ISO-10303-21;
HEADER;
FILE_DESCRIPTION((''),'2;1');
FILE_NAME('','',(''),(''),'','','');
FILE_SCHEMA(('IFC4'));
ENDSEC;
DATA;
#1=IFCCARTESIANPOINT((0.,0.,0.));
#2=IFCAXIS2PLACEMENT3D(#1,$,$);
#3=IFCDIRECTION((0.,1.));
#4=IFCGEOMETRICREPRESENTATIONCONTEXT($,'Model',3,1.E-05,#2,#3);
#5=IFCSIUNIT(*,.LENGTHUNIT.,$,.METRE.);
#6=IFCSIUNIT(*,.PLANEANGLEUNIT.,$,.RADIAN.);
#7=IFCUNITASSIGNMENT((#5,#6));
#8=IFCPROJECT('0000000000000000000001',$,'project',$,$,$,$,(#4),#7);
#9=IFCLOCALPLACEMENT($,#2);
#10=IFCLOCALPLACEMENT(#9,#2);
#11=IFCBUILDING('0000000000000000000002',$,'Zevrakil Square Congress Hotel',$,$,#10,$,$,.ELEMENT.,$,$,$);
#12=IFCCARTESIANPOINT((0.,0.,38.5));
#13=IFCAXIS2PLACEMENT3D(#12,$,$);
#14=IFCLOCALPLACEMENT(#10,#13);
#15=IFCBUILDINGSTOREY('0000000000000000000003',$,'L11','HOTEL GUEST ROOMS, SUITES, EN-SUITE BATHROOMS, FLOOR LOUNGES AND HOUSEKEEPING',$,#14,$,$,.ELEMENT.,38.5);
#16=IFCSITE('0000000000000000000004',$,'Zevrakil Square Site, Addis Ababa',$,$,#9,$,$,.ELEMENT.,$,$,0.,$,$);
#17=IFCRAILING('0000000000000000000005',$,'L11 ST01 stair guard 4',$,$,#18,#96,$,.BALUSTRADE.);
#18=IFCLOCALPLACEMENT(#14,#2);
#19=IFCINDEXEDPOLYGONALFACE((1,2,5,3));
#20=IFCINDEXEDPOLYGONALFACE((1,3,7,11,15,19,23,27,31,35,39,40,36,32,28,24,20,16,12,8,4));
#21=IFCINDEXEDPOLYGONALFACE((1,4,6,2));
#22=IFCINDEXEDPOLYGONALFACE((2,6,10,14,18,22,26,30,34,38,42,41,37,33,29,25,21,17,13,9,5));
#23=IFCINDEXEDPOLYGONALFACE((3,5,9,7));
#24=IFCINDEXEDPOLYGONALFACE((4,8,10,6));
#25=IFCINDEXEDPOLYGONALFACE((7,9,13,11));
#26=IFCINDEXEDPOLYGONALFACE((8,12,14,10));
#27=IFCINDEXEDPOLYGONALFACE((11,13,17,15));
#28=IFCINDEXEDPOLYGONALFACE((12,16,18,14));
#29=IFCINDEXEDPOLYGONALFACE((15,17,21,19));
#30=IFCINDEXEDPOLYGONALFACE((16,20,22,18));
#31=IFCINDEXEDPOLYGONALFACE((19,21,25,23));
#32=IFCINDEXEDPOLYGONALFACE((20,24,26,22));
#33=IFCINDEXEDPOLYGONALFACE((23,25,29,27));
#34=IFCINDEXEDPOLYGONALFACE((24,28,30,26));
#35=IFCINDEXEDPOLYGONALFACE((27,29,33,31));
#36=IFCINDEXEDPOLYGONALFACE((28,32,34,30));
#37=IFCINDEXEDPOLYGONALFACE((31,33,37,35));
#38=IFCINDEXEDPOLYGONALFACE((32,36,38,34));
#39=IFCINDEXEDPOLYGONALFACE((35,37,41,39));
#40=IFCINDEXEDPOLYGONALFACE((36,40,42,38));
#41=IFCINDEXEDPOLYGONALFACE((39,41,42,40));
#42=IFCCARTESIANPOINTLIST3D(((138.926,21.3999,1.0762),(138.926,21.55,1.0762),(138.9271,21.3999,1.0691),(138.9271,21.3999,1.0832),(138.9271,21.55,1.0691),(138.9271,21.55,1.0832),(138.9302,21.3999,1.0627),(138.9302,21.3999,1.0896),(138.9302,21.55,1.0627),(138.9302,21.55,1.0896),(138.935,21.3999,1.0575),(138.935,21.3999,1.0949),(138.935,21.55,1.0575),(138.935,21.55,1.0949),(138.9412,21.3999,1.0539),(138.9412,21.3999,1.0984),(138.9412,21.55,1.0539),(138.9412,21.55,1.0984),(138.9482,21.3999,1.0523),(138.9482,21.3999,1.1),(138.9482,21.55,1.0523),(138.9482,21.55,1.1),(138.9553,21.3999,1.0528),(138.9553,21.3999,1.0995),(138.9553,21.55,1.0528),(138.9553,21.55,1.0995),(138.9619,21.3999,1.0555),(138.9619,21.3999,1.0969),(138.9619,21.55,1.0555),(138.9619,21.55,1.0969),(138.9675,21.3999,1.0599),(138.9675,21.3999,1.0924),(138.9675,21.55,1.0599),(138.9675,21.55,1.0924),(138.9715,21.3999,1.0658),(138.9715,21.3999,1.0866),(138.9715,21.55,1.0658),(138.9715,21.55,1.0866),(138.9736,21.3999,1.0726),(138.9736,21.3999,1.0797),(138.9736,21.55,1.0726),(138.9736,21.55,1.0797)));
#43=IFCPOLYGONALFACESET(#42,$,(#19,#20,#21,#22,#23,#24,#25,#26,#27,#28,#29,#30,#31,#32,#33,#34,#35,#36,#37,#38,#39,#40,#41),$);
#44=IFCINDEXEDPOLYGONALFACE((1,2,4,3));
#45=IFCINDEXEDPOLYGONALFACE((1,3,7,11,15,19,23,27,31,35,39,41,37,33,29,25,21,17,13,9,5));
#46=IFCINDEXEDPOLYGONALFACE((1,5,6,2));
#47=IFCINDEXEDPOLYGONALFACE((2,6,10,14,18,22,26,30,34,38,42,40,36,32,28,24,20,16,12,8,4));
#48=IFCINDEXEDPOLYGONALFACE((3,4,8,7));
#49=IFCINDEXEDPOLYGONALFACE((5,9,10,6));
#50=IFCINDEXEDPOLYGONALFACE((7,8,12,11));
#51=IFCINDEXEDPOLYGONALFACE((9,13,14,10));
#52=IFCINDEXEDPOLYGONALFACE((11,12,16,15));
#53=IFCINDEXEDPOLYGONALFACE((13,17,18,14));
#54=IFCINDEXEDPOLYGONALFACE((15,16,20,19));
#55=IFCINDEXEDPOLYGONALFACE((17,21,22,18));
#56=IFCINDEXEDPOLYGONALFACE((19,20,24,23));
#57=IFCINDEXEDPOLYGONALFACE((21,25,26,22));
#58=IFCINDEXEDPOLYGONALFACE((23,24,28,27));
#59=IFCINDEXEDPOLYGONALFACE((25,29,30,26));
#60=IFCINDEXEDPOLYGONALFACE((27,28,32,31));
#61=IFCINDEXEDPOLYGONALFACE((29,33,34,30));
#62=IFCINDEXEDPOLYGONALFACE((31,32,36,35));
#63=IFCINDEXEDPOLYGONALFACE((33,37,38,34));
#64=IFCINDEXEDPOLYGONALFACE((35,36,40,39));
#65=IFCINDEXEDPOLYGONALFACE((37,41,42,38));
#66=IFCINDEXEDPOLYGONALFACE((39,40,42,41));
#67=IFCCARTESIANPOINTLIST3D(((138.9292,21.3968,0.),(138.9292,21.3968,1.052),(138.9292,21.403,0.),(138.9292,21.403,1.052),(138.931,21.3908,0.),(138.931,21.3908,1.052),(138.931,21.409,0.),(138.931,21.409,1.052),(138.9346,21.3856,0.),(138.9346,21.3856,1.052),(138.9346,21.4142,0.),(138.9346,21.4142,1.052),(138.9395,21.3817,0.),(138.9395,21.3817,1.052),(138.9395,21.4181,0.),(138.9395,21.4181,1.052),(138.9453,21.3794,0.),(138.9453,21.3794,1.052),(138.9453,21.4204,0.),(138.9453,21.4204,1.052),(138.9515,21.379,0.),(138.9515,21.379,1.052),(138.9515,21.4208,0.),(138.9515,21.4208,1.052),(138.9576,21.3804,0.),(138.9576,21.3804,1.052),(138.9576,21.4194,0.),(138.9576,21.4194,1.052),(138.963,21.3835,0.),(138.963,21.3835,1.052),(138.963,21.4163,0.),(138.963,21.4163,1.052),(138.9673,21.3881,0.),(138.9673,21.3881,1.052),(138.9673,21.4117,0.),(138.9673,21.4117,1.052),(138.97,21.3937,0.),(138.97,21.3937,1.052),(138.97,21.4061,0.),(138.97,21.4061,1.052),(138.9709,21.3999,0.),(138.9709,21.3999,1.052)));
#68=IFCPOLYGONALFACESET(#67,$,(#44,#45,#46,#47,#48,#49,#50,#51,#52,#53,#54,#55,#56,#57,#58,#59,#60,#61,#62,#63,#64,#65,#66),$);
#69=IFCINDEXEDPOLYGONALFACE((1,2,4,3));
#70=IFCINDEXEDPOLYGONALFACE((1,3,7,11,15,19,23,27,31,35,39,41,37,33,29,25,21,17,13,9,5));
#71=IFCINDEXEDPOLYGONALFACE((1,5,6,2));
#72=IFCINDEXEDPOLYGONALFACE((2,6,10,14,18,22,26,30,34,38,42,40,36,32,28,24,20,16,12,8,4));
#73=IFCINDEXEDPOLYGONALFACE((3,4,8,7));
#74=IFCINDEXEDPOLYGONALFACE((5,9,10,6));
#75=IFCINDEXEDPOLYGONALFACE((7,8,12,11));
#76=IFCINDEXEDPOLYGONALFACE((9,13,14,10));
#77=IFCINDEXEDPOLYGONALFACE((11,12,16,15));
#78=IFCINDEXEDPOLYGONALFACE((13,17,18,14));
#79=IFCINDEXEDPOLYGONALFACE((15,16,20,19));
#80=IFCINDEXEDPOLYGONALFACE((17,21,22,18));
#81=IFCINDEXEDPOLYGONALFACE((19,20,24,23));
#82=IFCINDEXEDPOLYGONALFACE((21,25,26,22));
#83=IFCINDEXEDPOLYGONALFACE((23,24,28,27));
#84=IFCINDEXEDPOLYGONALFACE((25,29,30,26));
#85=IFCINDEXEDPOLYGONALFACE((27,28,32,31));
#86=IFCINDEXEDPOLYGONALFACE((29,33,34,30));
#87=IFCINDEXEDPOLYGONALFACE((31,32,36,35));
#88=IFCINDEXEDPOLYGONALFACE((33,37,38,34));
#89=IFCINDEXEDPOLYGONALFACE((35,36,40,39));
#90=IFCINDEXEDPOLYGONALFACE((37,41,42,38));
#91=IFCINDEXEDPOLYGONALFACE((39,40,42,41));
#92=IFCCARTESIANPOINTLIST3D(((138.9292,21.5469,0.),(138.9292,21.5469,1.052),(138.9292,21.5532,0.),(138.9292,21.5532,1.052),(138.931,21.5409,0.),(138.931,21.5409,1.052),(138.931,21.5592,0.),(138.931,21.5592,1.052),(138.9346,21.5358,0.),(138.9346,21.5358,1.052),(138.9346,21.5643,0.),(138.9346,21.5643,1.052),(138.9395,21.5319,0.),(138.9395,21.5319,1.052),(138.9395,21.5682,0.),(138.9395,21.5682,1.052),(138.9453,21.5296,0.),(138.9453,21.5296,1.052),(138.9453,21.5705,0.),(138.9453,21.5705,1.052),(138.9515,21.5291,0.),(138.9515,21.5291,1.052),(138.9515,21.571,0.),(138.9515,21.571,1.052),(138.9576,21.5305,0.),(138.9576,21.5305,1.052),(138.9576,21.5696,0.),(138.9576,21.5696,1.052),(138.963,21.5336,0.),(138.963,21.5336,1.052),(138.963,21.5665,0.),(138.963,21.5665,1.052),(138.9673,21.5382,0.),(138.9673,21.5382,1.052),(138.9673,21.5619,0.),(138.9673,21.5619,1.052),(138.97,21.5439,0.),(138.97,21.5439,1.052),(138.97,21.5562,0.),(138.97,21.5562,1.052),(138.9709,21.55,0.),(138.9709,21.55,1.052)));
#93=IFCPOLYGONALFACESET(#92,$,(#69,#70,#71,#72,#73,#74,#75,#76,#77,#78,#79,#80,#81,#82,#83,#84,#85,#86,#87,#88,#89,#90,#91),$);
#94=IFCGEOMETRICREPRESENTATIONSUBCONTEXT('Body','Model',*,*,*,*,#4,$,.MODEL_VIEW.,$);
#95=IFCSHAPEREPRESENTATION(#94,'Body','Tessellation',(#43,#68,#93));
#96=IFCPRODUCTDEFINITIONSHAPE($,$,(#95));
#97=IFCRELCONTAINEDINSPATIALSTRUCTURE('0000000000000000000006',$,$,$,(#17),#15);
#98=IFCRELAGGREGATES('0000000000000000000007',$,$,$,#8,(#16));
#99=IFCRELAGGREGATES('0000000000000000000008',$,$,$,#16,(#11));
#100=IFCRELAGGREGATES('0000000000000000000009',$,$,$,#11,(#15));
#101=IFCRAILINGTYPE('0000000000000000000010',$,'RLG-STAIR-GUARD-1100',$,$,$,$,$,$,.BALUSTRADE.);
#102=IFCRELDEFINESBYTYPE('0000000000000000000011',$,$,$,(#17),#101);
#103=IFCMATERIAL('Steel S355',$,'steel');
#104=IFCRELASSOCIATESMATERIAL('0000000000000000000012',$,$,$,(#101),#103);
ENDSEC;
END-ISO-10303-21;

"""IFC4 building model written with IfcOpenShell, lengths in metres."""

from ifc_helpers import new_model, si_unit, direction, frame, origin, origin_2d, place, context, subcontext, project, spatial, circle, extrude, material, type_object, element, save


model = new_model("IFC4")

# Units and contexts
model_context = context("Model", 3, precision=1e-05, world=origin(), true_north=direction((0.0, 1.0)))
body_context = subcontext(model_context, "Body", "Model", "MODEL_VIEW")
ifc_project = project(units=[si_unit("LENGTHUNIT", "METRE"), si_unit("PLANEANGLEUNIT", "RADIAN")], contexts=[model_context])

# Site, building, storey
site_placement = place(None, origin())
site = spatial("IfcSite", under=ifc_project, at=site_placement, Name="Zevrakil Square Site, Addis Ababa", CompositionType="ELEMENT", RefElevation=0.0)
building_placement = place(site_placement, origin())
building = spatial("IfcBuilding", under=site, at=building_placement, Name="Zevrakil Square Congress Hotel", CompositionType="ELEMENT")
storey_placement = place(building_placement, frame((0.0, 0.0, 38.5)))
storey = spatial("IfcBuildingStorey", under=building, at=storey_placement, Name="L11", Description="HOTEL GUEST ROOMS, SUITES, EN-SUITE BATHROOMS, FLOOR LOUNGES AND HOUSEKEEPING", CompositionType="ELEMENT", Elevation=38.5)

# Railing
ifc_material_1 = material(Name="Steel S355", Category="steel")
railing_type_1 = type_object("IfcRailingType", Name="RLG-STAIR-GUARD-1100", PredefinedType="BALUSTRADE", material=ifc_material_1)
railing_1_placement = place(storey_placement, frame((138.95, 21.3999, 0.0)))
element("IfcRailing", 1, at=railing_1_placement, inside=storey, type_object=railing_type_1, Name="L11 ST01 stair guard 4", PredefinedType="BALUSTRADE", context=body_context, shape_type="SweptSolid", body=[
    extrude(circle(Radius=0.0239, at=origin_2d()), frame((0.0, 0.0, 1.0762), z_axis=(0.0, 1.0, 0.0), x_axis=(-1.0, 0.0, 0.0)), (0.0, 0.0, 1.0), 0.1501),
    extrude(circle(Radius=0.021, at=origin_2d()), origin(), (0.0, 0.0, 1.0), 1.052),
    extrude(circle(Radius=0.021, at=origin_2d()), frame((0.0, 0.1501, 0.0)), (0.0, 0.0, 1.0), 1.052),
])

save(model, "model.ifc")
